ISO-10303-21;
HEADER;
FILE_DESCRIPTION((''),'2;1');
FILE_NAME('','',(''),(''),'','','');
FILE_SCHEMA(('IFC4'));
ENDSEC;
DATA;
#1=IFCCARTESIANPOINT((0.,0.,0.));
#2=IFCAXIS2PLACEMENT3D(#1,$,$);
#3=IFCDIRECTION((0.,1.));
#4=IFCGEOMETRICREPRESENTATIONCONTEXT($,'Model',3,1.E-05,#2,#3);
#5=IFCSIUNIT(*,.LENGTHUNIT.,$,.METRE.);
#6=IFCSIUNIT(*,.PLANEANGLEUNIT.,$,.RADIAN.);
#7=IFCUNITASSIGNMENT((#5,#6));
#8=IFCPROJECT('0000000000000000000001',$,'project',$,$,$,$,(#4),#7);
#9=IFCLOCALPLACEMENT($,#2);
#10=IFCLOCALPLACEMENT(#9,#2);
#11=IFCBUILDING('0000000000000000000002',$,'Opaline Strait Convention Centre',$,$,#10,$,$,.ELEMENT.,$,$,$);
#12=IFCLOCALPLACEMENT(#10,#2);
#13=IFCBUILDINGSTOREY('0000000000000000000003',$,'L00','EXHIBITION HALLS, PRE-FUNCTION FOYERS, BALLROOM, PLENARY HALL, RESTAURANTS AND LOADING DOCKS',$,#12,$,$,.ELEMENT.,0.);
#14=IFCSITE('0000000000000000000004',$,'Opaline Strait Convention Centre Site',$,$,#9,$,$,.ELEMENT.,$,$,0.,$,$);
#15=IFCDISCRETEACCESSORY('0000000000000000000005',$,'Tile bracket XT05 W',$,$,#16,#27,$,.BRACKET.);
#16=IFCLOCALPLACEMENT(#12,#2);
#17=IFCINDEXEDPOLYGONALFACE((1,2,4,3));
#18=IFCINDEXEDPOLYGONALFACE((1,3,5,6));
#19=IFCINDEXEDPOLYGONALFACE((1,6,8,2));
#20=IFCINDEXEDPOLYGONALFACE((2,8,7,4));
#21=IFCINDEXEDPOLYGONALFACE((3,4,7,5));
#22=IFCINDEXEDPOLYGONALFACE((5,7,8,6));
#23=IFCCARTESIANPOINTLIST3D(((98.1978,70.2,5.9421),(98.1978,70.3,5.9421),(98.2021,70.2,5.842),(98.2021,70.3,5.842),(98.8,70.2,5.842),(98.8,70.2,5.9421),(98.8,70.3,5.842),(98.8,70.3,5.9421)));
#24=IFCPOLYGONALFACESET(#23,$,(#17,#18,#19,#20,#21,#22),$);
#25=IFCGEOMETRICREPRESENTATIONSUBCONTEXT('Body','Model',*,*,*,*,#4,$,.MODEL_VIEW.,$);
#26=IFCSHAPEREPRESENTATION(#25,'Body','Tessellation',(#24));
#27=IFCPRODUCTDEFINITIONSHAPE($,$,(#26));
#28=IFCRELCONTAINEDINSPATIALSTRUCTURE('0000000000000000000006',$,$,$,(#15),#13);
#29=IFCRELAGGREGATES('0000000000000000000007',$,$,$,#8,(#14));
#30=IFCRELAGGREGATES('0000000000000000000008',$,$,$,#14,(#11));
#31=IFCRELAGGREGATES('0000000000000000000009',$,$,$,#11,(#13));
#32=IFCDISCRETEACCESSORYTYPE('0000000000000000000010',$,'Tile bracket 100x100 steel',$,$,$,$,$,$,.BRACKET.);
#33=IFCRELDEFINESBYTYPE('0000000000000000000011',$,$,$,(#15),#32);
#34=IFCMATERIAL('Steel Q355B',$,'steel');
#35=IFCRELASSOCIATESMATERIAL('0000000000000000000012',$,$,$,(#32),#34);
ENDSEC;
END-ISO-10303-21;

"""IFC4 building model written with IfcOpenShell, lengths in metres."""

from ifc_helpers import new_model, si_unit, direction, frame, origin, place, context, subcontext, project, spatial, polyline, outline, extrude, material, type_object, element, save


model = new_model("IFC4")

# Units and contexts
model_context = context("Model", 3, precision=1e-05, world=origin(), true_north=direction((0.0, 1.0)))
body_context = subcontext(model_context, "Body", "Model", "MODEL_VIEW")
ifc_project = project(units=[si_unit("LENGTHUNIT", "METRE"), si_unit("PLANEANGLEUNIT", "RADIAN")], contexts=[model_context])

# Site, building, storey
site_placement = place(None, origin())
site = spatial("IfcSite", under=ifc_project, at=site_placement, Name="Opaline Strait Convention Centre Site", CompositionType="ELEMENT", RefElevation=0.0)
building_placement = place(site_placement, origin())
building = spatial("IfcBuilding", under=site, at=building_placement, Name="Opaline Strait Convention Centre", CompositionType="ELEMENT")
storey_placement = place(building_placement, origin())
storey = spatial("IfcBuildingStorey", under=building, at=storey_placement, Name="L00", Description="EXHIBITION HALLS, PRE-FUNCTION FOYERS, BALLROOM, PLENARY HALL, RESTAURANTS AND LOADING DOCKS", CompositionType="ELEMENT", Elevation=0.0)

# Shared definitions
ifc_material_1 = material(Name="Steel Q355B", Category="steel")

# Discrete accessory
discrete_accessory_type = type_object("IfcDiscreteAccessoryType", Name="Tile bracket 100x100 steel", PredefinedType="BRACKET", material=ifc_material_1)
discrete_accessory_1_placement = place(storey_placement, frame((98.8, 70.3, 5.8921), z_axis=(0.0, -1.0, 0.0), x_axis=(1.0, 0.0, 0.0)))
element("IfcDiscreteAccessory", 1, at=discrete_accessory_1_placement, inside=storey, type_object=discrete_accessory_type, Name="Tile bracket XT05 W", PredefinedType="BRACKET", context=body_context, shape_type="SweptSolid", body=[
    extrude(outline(polyline([(0.0, -0.05), (0.0, 0.05), (-0.6023, 0.05), (-0.5979, -0.05), (0.0, -0.05)])), origin(), (0.0, 0.0, 1.0), 0.1001),
])

save(model, "model.ifc")
